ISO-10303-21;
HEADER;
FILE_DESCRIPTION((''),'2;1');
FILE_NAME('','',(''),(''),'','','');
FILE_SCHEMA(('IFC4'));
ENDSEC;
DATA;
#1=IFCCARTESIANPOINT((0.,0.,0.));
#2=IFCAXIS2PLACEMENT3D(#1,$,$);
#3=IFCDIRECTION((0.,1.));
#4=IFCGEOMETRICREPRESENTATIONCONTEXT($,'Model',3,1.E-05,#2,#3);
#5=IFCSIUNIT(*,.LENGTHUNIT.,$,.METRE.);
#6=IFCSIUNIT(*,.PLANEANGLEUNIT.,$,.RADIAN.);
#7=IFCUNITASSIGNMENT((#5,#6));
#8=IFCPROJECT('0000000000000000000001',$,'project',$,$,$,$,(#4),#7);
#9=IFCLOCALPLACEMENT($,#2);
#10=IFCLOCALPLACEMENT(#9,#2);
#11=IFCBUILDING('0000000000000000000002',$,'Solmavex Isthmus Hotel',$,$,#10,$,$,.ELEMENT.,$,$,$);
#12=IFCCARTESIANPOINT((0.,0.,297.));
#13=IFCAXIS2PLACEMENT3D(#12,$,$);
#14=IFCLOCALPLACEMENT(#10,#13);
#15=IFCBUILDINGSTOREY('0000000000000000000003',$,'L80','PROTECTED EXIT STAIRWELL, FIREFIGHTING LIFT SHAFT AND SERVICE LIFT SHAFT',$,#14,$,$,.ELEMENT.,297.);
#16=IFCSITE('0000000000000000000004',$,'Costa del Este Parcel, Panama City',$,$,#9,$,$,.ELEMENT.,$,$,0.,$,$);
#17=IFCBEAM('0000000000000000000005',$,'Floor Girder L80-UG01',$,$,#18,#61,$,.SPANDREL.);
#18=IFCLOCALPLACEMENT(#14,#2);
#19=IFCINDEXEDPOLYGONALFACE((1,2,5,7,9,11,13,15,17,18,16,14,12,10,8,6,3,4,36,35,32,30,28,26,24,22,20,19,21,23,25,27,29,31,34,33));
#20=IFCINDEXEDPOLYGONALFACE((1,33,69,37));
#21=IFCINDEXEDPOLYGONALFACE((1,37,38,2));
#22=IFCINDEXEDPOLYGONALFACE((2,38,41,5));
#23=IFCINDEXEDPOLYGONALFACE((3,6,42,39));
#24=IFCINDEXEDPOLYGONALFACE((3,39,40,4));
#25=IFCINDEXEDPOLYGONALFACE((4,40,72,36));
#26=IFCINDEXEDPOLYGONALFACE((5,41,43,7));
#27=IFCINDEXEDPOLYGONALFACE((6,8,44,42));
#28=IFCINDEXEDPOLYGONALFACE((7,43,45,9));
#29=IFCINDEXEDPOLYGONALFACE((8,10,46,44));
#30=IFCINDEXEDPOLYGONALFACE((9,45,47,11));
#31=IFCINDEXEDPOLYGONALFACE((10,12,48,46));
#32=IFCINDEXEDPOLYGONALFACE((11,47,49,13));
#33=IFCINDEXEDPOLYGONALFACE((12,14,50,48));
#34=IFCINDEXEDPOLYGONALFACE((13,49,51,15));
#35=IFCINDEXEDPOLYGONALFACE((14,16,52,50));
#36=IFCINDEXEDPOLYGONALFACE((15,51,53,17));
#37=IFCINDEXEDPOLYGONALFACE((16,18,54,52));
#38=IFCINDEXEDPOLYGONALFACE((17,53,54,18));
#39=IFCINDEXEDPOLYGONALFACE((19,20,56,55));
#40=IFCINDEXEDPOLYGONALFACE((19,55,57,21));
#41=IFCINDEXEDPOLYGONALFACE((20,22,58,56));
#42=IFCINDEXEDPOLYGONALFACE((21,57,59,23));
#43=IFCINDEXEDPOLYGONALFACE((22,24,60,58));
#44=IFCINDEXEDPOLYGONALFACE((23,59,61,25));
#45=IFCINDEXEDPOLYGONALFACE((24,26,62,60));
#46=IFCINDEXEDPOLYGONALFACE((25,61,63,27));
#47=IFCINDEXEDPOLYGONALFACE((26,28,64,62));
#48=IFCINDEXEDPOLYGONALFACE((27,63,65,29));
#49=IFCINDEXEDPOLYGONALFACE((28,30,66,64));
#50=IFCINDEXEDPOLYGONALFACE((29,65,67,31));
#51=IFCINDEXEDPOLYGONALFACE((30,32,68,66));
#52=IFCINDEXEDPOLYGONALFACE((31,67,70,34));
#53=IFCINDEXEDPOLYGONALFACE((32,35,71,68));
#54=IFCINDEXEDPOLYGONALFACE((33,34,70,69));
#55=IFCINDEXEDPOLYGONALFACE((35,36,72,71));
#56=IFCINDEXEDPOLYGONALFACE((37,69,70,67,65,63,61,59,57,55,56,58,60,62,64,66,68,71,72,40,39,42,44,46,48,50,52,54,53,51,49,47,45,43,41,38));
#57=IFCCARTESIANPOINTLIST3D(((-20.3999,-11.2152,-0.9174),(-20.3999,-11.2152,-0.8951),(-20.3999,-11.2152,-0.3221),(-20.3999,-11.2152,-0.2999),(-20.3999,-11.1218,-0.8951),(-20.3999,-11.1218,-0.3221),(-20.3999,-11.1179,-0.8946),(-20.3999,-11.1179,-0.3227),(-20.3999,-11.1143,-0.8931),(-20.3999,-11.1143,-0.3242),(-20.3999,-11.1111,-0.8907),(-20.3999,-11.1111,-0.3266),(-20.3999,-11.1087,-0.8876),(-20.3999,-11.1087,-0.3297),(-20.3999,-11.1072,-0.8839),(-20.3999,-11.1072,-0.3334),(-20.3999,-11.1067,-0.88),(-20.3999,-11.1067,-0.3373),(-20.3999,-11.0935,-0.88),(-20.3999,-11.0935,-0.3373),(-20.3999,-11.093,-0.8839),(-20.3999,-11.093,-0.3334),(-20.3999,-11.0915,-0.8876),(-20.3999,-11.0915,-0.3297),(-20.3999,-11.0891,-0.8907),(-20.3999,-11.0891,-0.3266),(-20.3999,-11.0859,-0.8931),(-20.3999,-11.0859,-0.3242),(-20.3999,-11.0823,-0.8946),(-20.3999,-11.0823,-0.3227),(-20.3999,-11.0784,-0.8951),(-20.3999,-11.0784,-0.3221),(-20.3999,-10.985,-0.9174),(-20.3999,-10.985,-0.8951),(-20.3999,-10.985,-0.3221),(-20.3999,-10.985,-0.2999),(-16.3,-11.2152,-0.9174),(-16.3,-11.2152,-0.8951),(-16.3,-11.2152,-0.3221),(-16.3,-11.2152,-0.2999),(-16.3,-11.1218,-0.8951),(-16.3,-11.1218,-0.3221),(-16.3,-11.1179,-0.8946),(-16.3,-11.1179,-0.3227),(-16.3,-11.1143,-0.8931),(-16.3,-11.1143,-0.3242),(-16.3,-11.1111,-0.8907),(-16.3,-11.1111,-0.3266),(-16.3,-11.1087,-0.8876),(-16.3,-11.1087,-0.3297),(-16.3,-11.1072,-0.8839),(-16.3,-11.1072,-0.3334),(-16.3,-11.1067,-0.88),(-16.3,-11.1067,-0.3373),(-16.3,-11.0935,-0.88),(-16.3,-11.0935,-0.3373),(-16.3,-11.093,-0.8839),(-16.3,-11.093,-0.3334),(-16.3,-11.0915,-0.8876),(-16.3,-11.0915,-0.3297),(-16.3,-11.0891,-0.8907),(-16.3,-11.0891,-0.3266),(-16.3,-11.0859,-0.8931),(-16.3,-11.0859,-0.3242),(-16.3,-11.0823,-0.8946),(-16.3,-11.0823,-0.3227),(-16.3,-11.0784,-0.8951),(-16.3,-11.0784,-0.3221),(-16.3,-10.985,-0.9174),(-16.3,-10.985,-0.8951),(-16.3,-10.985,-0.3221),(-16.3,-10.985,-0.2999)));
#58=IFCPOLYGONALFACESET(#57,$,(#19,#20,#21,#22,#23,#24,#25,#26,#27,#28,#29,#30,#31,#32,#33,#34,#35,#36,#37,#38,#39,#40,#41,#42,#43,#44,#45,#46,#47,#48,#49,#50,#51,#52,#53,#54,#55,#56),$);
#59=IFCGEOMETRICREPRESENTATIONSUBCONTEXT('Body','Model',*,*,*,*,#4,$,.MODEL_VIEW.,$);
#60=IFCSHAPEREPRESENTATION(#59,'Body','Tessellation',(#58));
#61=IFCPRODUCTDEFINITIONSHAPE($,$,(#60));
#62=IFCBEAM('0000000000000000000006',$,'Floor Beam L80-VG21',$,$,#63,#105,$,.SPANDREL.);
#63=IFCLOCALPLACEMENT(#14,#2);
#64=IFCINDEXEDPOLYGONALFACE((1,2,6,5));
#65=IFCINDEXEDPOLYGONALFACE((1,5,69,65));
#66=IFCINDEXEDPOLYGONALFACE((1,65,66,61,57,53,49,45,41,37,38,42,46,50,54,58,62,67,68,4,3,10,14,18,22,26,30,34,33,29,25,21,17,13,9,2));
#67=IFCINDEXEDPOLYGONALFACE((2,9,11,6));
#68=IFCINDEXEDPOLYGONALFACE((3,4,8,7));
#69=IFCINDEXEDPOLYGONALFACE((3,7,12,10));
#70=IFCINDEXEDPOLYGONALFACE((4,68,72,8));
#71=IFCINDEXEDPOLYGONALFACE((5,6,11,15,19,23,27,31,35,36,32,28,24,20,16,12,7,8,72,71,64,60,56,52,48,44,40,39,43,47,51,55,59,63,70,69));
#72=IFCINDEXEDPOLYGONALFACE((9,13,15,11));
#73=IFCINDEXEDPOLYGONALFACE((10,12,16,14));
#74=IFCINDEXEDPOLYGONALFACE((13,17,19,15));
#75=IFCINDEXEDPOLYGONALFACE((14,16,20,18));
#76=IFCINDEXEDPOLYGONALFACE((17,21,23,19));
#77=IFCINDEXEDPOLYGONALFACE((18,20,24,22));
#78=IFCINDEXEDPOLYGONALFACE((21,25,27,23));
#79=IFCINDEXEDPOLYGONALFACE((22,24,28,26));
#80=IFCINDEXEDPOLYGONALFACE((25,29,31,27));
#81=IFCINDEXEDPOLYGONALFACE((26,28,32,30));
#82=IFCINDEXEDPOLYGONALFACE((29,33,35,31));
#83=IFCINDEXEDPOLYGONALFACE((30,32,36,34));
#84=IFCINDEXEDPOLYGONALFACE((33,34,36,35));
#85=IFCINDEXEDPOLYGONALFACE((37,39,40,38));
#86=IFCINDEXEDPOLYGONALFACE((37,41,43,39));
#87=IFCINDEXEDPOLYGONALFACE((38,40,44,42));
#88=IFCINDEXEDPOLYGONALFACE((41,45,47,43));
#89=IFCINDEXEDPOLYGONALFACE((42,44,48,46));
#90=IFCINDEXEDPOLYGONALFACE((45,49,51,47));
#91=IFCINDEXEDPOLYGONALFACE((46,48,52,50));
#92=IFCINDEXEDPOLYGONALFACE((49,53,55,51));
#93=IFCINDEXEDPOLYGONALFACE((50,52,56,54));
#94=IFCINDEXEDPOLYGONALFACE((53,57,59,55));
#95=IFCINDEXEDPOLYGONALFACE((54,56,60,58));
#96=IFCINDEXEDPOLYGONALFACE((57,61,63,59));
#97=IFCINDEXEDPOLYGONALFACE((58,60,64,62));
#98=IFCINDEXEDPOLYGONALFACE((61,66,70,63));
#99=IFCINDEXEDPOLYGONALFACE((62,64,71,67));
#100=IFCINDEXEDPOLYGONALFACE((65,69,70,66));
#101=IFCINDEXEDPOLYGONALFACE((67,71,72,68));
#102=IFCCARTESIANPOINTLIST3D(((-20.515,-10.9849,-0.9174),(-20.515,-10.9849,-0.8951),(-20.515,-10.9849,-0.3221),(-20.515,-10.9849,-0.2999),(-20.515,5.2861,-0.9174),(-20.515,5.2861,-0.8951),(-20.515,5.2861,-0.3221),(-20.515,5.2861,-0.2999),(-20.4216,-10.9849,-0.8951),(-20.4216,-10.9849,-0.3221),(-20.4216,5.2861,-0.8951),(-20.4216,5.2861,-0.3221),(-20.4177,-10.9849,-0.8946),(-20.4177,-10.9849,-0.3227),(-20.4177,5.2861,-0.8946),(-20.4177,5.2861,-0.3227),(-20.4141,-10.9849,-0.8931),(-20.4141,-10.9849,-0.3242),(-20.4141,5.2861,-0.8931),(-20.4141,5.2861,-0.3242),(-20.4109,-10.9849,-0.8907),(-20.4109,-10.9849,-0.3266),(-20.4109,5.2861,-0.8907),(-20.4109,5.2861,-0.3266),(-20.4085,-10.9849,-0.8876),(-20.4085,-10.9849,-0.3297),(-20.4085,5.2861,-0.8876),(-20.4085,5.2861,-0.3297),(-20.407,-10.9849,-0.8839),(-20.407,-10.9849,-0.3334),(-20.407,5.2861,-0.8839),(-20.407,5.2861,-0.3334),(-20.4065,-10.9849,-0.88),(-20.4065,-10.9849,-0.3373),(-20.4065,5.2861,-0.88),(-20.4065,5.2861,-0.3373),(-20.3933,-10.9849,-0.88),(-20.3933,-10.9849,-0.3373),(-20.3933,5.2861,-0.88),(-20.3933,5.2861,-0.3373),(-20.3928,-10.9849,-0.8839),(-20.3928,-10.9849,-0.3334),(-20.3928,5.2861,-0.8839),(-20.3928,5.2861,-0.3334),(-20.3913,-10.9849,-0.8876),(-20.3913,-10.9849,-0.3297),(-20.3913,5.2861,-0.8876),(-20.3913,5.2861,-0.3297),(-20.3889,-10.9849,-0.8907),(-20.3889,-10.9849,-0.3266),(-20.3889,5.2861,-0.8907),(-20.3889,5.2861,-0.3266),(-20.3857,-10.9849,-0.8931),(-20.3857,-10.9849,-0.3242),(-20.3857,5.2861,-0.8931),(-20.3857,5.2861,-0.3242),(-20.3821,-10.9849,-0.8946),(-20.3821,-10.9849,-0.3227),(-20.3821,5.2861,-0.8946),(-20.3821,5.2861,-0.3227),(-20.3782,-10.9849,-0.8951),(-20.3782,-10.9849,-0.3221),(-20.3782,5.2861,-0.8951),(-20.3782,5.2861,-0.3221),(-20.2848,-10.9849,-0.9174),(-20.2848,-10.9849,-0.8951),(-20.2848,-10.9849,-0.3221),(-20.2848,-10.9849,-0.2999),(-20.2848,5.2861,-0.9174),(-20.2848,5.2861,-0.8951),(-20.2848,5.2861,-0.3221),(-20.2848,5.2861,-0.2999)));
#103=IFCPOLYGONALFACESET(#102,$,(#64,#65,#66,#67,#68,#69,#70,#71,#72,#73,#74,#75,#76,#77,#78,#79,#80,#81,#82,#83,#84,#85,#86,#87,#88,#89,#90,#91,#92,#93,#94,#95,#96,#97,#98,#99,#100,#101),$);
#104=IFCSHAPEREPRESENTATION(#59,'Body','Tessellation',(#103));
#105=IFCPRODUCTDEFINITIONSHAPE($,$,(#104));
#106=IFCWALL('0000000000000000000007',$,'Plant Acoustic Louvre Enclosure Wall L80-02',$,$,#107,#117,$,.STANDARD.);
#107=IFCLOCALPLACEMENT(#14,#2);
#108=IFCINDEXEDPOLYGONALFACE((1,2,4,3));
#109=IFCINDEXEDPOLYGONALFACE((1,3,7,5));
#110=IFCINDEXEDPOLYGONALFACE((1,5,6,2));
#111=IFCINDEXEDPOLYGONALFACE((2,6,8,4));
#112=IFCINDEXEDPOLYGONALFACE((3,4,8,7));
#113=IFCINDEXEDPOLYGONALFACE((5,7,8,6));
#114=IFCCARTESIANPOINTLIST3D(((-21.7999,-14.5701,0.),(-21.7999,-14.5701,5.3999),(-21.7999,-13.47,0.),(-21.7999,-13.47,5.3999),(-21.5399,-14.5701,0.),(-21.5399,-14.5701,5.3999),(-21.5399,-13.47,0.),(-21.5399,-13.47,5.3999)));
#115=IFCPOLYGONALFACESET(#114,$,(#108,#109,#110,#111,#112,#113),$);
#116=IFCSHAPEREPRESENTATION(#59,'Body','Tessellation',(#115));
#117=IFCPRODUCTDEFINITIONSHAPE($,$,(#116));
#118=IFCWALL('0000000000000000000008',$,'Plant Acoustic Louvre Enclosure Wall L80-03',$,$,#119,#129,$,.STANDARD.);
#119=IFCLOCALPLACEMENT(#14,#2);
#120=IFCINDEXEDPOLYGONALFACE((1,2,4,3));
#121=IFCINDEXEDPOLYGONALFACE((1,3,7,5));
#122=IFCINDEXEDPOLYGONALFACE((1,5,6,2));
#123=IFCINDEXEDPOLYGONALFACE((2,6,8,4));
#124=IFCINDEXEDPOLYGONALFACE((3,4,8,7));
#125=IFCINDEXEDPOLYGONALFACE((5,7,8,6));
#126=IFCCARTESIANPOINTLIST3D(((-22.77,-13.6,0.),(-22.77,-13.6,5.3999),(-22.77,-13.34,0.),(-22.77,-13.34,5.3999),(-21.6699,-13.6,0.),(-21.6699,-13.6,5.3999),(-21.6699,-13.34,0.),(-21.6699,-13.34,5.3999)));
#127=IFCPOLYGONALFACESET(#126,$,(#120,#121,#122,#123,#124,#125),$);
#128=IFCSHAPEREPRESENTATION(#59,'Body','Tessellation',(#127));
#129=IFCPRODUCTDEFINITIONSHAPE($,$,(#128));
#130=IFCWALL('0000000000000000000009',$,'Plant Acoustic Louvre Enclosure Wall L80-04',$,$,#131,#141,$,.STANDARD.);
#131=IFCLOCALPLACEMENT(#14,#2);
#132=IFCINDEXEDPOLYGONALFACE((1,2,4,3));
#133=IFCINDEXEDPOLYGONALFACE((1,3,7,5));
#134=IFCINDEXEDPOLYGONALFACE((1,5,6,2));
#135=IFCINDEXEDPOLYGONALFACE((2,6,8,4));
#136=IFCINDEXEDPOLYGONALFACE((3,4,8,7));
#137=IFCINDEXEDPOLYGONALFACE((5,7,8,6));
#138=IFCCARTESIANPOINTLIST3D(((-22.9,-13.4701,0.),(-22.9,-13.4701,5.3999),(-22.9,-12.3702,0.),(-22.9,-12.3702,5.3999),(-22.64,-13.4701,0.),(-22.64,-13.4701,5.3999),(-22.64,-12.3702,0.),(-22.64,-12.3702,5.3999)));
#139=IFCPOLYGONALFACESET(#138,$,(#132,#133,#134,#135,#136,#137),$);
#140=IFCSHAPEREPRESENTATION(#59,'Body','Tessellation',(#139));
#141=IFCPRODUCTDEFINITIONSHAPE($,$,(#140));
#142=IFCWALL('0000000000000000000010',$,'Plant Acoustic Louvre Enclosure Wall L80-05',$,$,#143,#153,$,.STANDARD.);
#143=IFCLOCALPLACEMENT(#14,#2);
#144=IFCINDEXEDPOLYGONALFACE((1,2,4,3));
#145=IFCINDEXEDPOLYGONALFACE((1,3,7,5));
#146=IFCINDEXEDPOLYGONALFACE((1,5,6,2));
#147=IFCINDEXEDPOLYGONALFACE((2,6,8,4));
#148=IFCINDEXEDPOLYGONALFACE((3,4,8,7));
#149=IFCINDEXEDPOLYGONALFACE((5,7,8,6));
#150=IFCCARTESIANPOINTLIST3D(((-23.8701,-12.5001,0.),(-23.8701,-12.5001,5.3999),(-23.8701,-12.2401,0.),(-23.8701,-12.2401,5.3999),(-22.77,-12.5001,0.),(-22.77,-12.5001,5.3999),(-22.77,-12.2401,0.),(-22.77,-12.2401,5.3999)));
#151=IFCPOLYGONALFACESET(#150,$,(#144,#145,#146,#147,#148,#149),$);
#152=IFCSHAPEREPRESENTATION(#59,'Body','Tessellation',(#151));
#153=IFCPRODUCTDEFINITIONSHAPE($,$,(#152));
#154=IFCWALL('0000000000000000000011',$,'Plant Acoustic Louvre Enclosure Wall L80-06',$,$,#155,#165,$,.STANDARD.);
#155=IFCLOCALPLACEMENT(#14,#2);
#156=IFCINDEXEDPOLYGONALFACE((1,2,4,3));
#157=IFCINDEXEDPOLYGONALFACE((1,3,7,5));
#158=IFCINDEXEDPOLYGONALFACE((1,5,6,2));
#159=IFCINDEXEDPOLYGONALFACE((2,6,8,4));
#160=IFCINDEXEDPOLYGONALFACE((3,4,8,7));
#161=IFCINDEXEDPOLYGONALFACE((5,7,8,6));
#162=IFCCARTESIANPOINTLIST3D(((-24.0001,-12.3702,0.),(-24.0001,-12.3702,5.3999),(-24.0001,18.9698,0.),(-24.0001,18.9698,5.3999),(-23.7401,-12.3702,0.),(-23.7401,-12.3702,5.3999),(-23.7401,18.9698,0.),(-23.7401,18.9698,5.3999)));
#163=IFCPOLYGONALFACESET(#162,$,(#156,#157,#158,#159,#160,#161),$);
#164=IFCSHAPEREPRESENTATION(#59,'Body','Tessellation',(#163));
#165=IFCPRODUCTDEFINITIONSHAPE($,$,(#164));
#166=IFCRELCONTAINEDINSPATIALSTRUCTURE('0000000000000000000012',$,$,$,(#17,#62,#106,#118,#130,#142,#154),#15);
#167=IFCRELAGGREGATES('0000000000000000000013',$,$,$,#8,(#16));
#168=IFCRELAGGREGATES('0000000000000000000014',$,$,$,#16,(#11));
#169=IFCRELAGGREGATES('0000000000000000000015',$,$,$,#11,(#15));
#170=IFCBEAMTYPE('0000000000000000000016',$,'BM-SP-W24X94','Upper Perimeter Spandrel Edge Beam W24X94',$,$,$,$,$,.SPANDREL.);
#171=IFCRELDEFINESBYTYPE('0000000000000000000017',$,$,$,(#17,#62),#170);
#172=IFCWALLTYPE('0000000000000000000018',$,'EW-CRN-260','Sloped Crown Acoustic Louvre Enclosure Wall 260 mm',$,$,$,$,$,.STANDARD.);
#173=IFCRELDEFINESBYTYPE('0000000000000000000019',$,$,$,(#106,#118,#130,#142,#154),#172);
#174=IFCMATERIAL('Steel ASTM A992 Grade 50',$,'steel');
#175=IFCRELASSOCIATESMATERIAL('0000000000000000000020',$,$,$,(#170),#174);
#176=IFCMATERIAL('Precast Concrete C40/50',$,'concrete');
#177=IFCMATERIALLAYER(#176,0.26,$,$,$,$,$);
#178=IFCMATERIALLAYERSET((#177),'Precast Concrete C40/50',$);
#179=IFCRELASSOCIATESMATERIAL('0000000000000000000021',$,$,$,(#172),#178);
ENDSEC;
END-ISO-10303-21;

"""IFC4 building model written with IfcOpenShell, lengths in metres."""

from ifc_helpers import new_model, si_unit, direction, frame, frame_2d, origin, origin_2d, place, context, subcontext, project, spatial, rectangle, i_section, extrude, material, layer, layer_set, material_profile, profile_set, type_object, element, save


model = new_model("IFC4")

# Units and contexts
model_context = context("Model", 3, precision=1e-05, world=origin(), true_north=direction((0.0, 1.0)))
body_context = subcontext(model_context, "Body", "Model", "MODEL_VIEW")
ifc_project = project(units=[si_unit("LENGTHUNIT", "METRE"), si_unit("PLANEANGLEUNIT", "RADIAN")], contexts=[model_context])

# Site, building, storey
site_placement = place(None, origin())
site = spatial("IfcSite", under=ifc_project, at=site_placement, Name="Costa del Este Parcel, Panama City", CompositionType="ELEMENT", RefElevation=0.0)
building_placement = place(site_placement, origin())
building = spatial("IfcBuilding", under=site, at=building_placement, Name="Solmavex Isthmus Hotel", CompositionType="ELEMENT")
storey_placement = place(building_placement, frame((0.0, 0.0, 297.0)))
storey = spatial("IfcBuildingStorey", under=building, at=storey_placement, Name="L80", Description="PROTECTED EXIT STAIRWELL, FIREFIGHTING LIFT SHAFT AND SERVICE LIFT SHAFT", CompositionType="ELEMENT", Elevation=297.0)

# Beams
ifc_material_1 = material(Name="Steel ASTM A992 Grade 50", Category="steel")
ifc_material_profile_1 = material_profile(ifc_material_1, i_section(OverallWidth=0.2302, OverallDepth=0.6174, WebThickness=0.0132, FlangeThickness=0.0222, FilletRadius=0.0151, at=origin_2d()), Name="W24X94")
ifc_profile_set_1 = profile_set([ifc_material_profile_1], Name="Steel ASTM A992 Grade 50")
beam_type_1 = type_object("IfcBeamType", Name="BM-SP-W24X94", Description="Upper Perimeter Spandrel Edge Beam W24X94", PredefinedType="SPANDREL", material=ifc_profile_set_1)
beam_1_placement = place(storey_placement, frame((-20.3999, -11.1001, -0.6086), z_axis=(1.0, 0.0, 0.0), x_axis=(0.0, 1.0, 0.0)))
element("IfcBeam", 1, at=beam_1_placement, inside=storey, type_object=beam_type_1, Name="Floor Girder L80-UG01", PredefinedType="SPANDREL", context=body_context, shape_type="SweptSolid", body=[
    extrude(i_section(OverallWidth=0.2302, OverallDepth=0.6174, WebThickness=0.0132, FlangeThickness=0.0222, FilletRadius=0.0151, at=origin_2d()), origin(), (0.0, 0.0, 1.0), 4.0999),
])
beam_2_placement = place(storey_placement, frame((-20.3999, -10.9849, -0.6086), z_axis=(0.0, 1.0, 0.0), x_axis=(-1.0, 0.0, 0.0)))
element("IfcBeam", 2, at=beam_2_placement, inside=storey, type_object=beam_type_1, Name="Floor Beam L80-VG21", PredefinedType="SPANDREL", context=body_context, shape_type="SweptSolid", body=[
    extrude(i_section(OverallWidth=0.2302, OverallDepth=0.6174, WebThickness=0.0132, FlangeThickness=0.0222, FilletRadius=0.0151, at=origin_2d()), origin(), (0.0, 0.0, 1.0), 16.271),
])

# Walls
ifc_material_2 = material(Name="Precast Concrete C40/50", Category="concrete")
ifc_layer_1 = layer(ifc_material_2, 0.26)
ifc_layer_set_1 = layer_set([ifc_layer_1], Name="Precast Concrete C40/50")
wall_type_1 = type_object("IfcWallType", Name="EW-CRN-260", Description="Sloped Crown Acoustic Louvre Enclosure Wall 260 mm", PredefinedType="STANDARD", material=ifc_layer_set_1)
for number, where, z_axis, x_axis, name in (
    (3, (-21.6699, -14.5701, 0.0), (0.0, 0.0, 1.0), (0.0, 1.0, 0.0), "Plant Acoustic Louvre Enclosure Wall L80-02"),
    (4, (-21.6699, -13.47, 0.0), (0.0, 0.0, 1.0), (-1.0, 0.0, 0.0), "Plant Acoustic Louvre Enclosure Wall L80-03"),
):
    element("IfcWall", number, at=place(storey_placement, frame(where, z_axis=z_axis, x_axis=x_axis)), inside=storey, type_object=wall_type_1, Name=name, PredefinedType="STANDARD", context=body_context, shape_type="SweptSolid", body=[
        extrude(rectangle(XDim=1.1001, YDim=0.26, at=frame_2d((0.55, 0.0))), origin(), (0.0, 0.0, 1.0), 5.3999),
    ])
wall_1_placement = place(storey_placement, frame((-22.77, -13.47, 0.0), z_axis=(0.0, 0.0, 1.0), x_axis=(0.0, 1.0, 0.0)))
element("IfcWall", 5, at=wall_1_placement, inside=storey, type_object=wall_type_1, Name="Plant Acoustic Louvre Enclosure Wall L80-04", PredefinedType="STANDARD", context=body_context, shape_type="SweptSolid", body=[
    extrude(rectangle(XDim=1.0999, YDim=0.26, at=frame_2d((0.5498, 0.0))), origin(), (0.0, 0.0, 1.0), 5.3999),
])
wall_2_placement = place(storey_placement, frame((-22.77, -12.3701, 0.0), z_axis=(0.0, 0.0, 1.0), x_axis=(-1.0, 0.0, 0.0)))
element("IfcWall", 6, at=wall_2_placement, inside=storey, type_object=wall_type_1, Name="Plant Acoustic Louvre Enclosure Wall L80-05", PredefinedType="STANDARD", context=body_context, shape_type="SweptSolid", body=[
    extrude(rectangle(XDim=1.1001, YDim=0.26, at=frame_2d((0.55, 0.0))), origin(), (0.0, 0.0, 1.0), 5.3999),
])
wall_3_placement = place(storey_placement, frame((-23.8701, -12.3701, 0.0), z_axis=(0.0, 0.0, 1.0), x_axis=(0.0, 1.0, 0.0)))
element("IfcWall", 7, at=wall_3_placement, inside=storey, type_object=wall_type_1, Name="Plant Acoustic Louvre Enclosure Wall L80-06", PredefinedType="STANDARD", context=body_context, shape_type="SweptSolid", body=[
    extrude(rectangle(XDim=31.3401, YDim=0.26, at=frame_2d((15.6699, 0.0))), origin(), (0.0, 0.0, 1.0), 5.3999),
])

save(model, "model.ifc")
